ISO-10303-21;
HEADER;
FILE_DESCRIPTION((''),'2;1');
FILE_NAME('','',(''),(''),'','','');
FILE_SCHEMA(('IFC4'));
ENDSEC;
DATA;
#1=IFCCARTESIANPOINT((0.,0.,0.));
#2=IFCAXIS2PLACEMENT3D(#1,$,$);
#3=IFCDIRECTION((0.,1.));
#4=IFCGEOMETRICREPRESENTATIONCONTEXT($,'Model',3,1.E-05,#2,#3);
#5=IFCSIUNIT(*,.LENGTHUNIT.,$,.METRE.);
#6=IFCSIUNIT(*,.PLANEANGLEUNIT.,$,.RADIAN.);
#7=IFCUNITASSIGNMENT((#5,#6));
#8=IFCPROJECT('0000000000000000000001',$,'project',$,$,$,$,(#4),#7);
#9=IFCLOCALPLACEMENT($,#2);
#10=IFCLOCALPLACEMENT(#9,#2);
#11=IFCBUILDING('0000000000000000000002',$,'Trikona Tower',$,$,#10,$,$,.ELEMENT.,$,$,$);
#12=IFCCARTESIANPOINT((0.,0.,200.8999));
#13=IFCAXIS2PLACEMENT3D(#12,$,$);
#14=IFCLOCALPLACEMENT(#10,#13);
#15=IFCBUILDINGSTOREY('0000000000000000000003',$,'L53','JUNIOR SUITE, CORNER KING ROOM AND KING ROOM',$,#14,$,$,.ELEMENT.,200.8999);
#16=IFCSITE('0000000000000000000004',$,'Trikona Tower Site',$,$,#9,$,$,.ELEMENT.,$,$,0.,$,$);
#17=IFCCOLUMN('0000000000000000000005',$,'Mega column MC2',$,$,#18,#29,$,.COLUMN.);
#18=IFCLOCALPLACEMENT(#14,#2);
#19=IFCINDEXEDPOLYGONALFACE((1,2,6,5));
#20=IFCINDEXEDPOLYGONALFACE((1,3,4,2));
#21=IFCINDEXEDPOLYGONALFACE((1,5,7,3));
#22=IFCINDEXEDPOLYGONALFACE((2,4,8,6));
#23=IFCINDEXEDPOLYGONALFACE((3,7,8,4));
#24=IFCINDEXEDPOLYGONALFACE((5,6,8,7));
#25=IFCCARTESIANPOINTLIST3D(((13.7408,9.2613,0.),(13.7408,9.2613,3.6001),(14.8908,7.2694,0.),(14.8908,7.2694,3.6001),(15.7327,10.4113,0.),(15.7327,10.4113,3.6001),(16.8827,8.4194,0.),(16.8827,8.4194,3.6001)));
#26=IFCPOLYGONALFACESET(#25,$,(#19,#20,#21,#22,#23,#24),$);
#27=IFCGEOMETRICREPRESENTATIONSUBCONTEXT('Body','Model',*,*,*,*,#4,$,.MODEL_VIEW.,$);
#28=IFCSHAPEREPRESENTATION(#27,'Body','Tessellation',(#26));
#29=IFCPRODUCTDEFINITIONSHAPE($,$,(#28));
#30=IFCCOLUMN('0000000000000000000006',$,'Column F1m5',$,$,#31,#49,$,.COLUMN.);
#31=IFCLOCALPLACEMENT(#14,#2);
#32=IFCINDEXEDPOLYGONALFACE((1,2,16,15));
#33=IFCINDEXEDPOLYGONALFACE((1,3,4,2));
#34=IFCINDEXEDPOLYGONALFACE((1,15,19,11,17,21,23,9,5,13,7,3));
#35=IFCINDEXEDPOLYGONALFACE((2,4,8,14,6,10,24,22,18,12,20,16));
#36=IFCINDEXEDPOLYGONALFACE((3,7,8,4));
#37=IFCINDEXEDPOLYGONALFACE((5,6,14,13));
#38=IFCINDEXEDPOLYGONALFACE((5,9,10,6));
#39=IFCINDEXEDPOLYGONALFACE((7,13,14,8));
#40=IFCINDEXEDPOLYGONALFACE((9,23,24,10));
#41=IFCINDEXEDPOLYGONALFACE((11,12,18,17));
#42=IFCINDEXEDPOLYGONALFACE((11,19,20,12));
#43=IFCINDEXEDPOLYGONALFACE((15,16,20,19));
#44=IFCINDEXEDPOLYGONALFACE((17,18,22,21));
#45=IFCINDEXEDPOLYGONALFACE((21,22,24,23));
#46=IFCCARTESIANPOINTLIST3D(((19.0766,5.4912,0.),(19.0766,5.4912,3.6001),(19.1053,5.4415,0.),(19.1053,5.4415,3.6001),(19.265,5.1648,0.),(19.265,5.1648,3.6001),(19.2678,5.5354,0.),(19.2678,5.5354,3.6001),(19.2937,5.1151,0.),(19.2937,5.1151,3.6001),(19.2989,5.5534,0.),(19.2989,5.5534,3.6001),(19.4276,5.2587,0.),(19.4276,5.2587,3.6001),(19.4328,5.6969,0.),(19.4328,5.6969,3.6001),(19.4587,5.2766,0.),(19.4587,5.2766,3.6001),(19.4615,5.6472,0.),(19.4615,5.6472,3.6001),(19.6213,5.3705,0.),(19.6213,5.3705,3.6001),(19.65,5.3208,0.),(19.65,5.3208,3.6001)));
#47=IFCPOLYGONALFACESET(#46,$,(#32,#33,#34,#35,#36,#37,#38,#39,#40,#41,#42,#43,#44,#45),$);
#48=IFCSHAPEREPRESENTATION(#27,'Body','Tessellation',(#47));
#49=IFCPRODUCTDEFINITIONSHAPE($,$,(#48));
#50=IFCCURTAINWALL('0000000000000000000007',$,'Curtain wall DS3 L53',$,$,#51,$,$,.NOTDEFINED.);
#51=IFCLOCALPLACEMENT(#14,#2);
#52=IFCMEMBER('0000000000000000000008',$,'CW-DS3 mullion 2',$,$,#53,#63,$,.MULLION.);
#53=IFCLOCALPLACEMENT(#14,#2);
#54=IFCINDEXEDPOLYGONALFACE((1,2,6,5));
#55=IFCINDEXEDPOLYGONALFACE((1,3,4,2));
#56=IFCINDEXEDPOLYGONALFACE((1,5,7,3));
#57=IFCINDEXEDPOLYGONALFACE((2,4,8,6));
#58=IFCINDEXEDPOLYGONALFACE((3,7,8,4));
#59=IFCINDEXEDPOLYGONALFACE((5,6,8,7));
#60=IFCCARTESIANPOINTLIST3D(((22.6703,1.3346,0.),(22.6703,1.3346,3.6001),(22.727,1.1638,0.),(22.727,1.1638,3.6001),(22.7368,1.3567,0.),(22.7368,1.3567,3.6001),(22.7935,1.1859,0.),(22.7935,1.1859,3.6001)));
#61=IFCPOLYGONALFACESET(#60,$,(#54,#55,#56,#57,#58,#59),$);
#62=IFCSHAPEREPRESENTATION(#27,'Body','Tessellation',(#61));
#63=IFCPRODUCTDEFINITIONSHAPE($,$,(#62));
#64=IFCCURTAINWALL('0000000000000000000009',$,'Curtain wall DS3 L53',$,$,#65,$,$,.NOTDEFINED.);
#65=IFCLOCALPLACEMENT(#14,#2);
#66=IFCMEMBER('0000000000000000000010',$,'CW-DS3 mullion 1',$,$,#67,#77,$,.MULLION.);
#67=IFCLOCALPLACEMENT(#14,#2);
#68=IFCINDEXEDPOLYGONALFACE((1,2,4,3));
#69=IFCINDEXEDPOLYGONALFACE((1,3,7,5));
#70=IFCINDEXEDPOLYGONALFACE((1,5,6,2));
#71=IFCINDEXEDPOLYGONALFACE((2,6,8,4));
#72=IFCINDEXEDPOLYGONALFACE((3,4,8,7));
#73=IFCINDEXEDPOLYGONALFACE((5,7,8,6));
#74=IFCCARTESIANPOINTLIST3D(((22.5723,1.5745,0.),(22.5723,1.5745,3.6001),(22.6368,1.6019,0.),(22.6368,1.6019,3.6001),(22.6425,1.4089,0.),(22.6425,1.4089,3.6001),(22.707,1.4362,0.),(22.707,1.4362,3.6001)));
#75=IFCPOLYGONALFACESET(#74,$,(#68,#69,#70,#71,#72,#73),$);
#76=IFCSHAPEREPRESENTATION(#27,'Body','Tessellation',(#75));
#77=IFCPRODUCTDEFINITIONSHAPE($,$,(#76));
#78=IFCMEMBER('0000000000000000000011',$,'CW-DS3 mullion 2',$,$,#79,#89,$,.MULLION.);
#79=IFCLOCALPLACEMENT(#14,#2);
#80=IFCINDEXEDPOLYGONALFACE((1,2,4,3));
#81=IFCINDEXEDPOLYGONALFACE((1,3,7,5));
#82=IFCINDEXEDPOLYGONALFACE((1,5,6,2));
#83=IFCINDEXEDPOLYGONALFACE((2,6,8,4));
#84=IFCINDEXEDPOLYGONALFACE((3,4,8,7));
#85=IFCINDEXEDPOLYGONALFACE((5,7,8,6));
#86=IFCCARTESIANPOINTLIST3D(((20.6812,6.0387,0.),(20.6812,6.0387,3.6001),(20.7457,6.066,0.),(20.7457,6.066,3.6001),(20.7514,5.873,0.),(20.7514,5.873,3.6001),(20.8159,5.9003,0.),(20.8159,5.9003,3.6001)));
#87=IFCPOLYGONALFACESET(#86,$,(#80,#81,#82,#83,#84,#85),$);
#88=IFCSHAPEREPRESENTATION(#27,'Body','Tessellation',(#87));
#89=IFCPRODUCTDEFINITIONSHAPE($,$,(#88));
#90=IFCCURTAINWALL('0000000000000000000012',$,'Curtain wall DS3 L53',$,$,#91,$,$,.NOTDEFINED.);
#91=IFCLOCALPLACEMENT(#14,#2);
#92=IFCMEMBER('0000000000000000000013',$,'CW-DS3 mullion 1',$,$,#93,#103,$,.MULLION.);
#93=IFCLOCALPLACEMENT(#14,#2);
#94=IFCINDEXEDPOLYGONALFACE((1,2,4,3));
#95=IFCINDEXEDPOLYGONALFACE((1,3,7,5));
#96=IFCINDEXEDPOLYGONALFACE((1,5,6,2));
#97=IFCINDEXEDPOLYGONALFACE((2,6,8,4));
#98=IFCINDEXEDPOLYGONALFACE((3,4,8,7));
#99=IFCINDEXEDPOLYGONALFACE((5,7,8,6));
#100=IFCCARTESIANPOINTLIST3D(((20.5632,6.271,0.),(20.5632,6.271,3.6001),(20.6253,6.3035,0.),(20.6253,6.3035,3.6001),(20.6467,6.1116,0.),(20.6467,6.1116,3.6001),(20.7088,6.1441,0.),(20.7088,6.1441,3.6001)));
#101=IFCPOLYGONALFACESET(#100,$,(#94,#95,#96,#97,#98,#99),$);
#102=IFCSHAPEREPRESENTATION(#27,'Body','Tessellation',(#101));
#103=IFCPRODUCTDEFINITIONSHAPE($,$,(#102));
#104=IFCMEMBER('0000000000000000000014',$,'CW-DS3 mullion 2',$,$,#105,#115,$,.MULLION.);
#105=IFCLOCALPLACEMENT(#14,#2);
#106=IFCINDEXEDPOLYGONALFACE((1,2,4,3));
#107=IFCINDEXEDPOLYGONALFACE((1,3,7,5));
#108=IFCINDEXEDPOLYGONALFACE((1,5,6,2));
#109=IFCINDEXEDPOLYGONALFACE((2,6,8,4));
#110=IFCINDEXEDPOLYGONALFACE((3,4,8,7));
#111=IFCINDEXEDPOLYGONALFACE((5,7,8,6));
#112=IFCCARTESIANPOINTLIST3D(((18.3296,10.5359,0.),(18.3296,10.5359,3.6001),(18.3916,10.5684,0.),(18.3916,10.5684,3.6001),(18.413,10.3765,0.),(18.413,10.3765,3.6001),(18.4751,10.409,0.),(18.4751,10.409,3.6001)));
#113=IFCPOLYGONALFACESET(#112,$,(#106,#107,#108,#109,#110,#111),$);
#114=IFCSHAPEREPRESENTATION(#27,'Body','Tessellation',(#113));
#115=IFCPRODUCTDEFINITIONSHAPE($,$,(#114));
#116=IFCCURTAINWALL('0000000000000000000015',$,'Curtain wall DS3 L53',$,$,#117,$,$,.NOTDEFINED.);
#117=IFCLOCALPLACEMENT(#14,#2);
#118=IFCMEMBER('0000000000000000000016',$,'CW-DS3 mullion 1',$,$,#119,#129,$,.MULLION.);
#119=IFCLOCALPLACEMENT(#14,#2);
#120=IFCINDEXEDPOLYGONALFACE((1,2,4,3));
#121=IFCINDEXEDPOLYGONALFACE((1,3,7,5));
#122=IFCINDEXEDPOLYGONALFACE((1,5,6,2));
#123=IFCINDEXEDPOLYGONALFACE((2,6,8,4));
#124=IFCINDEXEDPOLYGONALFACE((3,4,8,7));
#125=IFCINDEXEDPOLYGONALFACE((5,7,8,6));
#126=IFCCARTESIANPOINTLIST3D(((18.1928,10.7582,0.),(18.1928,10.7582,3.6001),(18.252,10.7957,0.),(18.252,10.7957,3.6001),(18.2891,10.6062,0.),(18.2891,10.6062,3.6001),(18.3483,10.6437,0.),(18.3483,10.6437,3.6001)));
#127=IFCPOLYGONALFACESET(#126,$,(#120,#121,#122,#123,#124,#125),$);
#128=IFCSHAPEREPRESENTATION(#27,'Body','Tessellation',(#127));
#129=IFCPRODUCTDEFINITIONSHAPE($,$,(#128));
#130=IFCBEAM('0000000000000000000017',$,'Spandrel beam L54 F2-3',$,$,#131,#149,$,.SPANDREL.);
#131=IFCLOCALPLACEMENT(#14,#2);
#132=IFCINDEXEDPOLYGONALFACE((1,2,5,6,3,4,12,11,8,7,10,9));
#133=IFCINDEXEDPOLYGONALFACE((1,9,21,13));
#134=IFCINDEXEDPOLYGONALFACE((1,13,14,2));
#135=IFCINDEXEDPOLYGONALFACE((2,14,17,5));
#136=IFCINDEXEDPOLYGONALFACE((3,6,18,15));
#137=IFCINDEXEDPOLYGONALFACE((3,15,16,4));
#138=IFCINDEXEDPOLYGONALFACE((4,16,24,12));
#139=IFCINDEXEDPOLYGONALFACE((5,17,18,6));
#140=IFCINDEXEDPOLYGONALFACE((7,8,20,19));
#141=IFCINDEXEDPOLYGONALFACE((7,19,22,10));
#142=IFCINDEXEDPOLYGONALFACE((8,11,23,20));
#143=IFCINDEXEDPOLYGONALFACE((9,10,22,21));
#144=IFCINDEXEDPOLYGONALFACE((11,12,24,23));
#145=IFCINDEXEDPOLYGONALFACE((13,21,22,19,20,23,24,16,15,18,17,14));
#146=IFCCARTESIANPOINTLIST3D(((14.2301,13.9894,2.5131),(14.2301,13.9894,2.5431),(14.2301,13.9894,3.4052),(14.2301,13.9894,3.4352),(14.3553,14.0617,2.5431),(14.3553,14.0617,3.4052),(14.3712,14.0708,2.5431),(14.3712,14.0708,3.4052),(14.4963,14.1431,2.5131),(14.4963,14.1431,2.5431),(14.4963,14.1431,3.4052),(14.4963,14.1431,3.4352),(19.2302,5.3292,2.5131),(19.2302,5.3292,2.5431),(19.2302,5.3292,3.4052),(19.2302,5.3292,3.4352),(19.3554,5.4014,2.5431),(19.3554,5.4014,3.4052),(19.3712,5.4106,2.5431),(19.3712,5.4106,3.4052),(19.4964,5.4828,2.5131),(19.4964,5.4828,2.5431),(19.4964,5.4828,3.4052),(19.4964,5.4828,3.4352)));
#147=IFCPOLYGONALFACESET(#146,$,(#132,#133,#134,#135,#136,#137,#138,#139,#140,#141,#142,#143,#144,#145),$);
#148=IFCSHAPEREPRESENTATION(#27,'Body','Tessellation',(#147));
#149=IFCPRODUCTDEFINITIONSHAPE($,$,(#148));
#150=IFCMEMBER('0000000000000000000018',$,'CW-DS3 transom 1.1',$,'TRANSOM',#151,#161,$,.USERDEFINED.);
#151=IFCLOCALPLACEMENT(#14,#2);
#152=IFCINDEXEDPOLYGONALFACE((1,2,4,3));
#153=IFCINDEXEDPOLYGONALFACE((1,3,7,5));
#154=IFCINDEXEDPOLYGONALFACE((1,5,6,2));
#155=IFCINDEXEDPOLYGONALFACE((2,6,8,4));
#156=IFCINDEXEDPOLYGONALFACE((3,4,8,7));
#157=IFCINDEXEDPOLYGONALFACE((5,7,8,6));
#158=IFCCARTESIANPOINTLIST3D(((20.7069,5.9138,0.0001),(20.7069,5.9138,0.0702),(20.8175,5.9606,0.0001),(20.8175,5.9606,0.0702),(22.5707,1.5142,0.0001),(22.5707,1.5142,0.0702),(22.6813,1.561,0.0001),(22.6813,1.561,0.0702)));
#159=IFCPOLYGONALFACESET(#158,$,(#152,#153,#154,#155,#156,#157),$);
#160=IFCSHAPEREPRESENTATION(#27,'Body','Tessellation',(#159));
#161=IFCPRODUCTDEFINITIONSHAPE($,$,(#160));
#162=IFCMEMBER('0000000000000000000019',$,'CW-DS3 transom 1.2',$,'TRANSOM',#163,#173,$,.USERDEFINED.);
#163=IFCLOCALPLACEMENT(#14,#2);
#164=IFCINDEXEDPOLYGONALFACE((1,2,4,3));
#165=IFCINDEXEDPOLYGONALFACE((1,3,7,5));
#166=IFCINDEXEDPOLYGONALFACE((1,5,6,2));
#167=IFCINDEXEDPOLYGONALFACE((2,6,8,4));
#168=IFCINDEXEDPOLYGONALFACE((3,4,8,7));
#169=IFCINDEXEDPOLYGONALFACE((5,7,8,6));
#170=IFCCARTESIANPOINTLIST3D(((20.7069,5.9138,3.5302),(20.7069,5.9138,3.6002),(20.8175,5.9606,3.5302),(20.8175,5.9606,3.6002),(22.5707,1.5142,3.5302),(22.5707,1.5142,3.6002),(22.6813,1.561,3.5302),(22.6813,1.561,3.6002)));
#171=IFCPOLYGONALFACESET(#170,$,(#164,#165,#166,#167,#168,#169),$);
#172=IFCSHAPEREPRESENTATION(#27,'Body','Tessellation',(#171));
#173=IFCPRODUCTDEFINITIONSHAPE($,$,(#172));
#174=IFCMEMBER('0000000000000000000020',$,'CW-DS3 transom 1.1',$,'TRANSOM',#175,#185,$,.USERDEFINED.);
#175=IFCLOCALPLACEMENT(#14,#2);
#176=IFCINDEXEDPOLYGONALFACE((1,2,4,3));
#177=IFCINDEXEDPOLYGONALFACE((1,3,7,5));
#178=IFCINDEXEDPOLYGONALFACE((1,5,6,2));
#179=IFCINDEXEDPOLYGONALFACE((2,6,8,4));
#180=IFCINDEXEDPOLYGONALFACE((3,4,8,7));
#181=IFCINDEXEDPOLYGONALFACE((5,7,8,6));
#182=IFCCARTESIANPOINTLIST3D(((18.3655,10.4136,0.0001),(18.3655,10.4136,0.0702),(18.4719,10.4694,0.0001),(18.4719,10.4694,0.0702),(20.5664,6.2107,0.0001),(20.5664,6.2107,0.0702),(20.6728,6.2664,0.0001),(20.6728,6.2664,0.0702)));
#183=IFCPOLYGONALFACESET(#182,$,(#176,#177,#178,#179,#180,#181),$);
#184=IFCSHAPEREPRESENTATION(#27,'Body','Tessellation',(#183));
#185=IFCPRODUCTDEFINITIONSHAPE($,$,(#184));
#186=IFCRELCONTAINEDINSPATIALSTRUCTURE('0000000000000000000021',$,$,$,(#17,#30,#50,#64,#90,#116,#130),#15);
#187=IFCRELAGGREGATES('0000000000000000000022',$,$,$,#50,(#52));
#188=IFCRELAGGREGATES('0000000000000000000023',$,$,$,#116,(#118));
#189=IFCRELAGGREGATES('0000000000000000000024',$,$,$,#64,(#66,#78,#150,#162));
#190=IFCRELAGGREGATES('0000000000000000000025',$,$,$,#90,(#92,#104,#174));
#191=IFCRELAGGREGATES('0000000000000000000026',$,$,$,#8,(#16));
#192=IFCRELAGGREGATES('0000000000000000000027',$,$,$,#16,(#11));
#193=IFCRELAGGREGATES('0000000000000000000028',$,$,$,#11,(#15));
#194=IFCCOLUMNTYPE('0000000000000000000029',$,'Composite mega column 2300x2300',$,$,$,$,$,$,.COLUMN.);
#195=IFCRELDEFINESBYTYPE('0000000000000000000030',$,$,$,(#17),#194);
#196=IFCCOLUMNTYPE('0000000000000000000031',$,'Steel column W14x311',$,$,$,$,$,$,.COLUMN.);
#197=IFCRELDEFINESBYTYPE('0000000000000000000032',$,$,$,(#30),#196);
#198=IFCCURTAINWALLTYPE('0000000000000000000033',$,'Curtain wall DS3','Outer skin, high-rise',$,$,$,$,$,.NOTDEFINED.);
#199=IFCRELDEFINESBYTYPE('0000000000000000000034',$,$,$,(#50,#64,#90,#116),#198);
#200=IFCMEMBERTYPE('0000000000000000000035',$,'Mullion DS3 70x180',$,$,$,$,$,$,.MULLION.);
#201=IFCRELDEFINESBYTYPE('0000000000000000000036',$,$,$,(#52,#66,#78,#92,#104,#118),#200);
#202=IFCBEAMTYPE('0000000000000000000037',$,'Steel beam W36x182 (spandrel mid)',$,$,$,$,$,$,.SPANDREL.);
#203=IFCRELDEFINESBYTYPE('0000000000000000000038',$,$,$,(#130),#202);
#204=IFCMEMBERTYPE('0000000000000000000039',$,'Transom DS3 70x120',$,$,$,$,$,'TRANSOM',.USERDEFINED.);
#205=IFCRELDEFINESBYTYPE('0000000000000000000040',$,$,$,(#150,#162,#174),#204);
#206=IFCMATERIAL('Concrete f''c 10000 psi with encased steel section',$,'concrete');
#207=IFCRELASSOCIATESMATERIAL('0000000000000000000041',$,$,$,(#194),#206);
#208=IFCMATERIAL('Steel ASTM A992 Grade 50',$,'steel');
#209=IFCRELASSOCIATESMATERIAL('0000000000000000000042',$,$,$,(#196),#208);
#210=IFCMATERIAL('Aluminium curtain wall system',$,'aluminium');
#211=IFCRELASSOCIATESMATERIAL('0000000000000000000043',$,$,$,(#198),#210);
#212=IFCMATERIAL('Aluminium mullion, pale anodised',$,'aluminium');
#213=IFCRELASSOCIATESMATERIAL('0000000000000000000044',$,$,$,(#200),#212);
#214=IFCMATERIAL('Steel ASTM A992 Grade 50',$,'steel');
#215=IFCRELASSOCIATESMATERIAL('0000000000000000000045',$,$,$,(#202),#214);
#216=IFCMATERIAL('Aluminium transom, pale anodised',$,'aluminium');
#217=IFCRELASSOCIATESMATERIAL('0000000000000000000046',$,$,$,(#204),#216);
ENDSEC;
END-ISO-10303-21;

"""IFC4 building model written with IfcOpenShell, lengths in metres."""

from ifc_helpers import new_model, si_unit, direction, frame, origin, origin_2d, place, context, subcontext, project, spatial, rectangle, i_section, extrude, material, material_profile, profile_set, type_object, element, aggregate, save


model = new_model("IFC4")

# Units and contexts
model_context = context("Model", 3, precision=1e-05, world=origin(), true_north=direction((0.0, 1.0)))
body_context = subcontext(model_context, "Body", "Model", "MODEL_VIEW")
ifc_project = project(units=[si_unit("LENGTHUNIT", "METRE"), si_unit("PLANEANGLEUNIT", "RADIAN")], contexts=[model_context])

# Site, building, storey
site_placement = place(None, origin())
site = spatial("IfcSite", under=ifc_project, at=site_placement, Name="Trikona Tower Site", CompositionType="ELEMENT", RefElevation=0.0)
building_placement = place(site_placement, origin())
building = spatial("IfcBuilding", under=site, at=building_placement, Name="Trikona Tower", CompositionType="ELEMENT")
storey_placement = place(building_placement, frame((0.0, 0.0, 200.8999)))
storey = spatial("IfcBuildingStorey", under=building, at=storey_placement, Name="L53", Description="JUNIOR SUITE, CORNER KING ROOM AND KING ROOM", CompositionType="ELEMENT", Elevation=200.8999)

# Columns
ifc_material_1 = material(Name="Concrete f'c 10000 psi with encased steel section", Category="concrete")
ifc_material_profile_1 = material_profile(ifc_material_1, rectangle(XDim=2.3, YDim=2.3, at=origin_2d()), Name="MC2300")
ifc_profile_set_1 = profile_set([ifc_material_profile_1], Name="Concrete f'c 10000 psi with encased steel section")
column_type_1 = type_object("IfcColumnType", Name="Composite mega column 2300x2300", PredefinedType="COLUMN", material=ifc_profile_set_1)
column_1_placement = place(storey_placement, frame((15.3118, 8.8403, 0.0), z_axis=(0.0, 0.0, 1.0), x_axis=(0.866025, 0.5, 0.0)))
element("IfcColumn", 1, at=column_1_placement, inside=storey, type_object=column_type_1, Name="Mega column MC2", PredefinedType="COLUMN", context=body_context, shape_type="SweptSolid", body=[
    extrude(rectangle(XDim=2.3, YDim=2.3, at=origin_2d()), origin(), (0.0, 0.0, 1.0), 3.6001),
])
ifc_material_2 = material(Name="Steel ASTM A992 Grade 50", Category="steel")
ifc_material_profile_2 = material_profile(ifc_material_2, i_section(OverallWidth=0.4114, OverallDepth=0.4343, WebThickness=0.0359, FlangeThickness=0.0574, at=origin_2d()), Name="W14X311")
ifc_profile_set_2 = profile_set([ifc_material_profile_2], Name="Steel ASTM A992 Grade 50")
column_type_2 = type_object("IfcColumnType", Name="Steel column W14x311", PredefinedType="COLUMN", material=ifc_profile_set_2)
column_2_placement = place(storey_placement, frame((19.3633, 5.406, 0.0), z_axis=(0.0, 0.0, 1.0), x_axis=(0.866025, 0.5, 0.0)))
element("IfcColumn", 2, at=column_2_placement, inside=storey, type_object=column_type_2, Name="Column F1m5", PredefinedType="COLUMN", context=body_context, shape_type="SweptSolid", body=[
    extrude(i_section(OverallWidth=0.4114, OverallDepth=0.4343, WebThickness=0.0359, FlangeThickness=0.0574, at=origin_2d()), origin(), (0.0, 0.0, 1.0), 3.6001),
])

# Curtain wall, member
ifc_material_3 = material(Name="Aluminium curtain wall system", Category="aluminium")
curtain_wall_type = type_object("IfcCurtainWallType", Name="Curtain wall DS3", Description="Outer skin, high-rise", PredefinedType="NOTDEFINED", material=ifc_material_3)
curtain_wall_1_placement = place(storey_placement, origin())
curtain_wall_1 = element("IfcCurtainWall", 3, at=curtain_wall_1_placement, inside=storey, type_object=curtain_wall_type, Name="Curtain wall DS3 L53", PredefinedType="NOTDEFINED")
ifc_material_4 = material(Name="Aluminium mullion, pale anodised", Category="aluminium")
ifc_material_profile_3 = material_profile(ifc_material_4, rectangle(XDim=0.0701, YDim=0.1799, at=origin_2d()), Name="MUL-DS3")
ifc_profile_set_3 = profile_set([ifc_material_profile_3], Name="Aluminium mullion, pale anodised")
member_type_1 = type_object("IfcMemberType", Name="Mullion DS3 70x180", PredefinedType="MULLION", material=ifc_profile_set_3)
member_1_placement = place(storey_placement, frame((22.7319, 1.2603, 0.0), z_axis=(0.0, 0.0, 1.0), x_axis=(-0.949066, -0.315078, 0.0)))
member_1 = element("IfcMember", 4, at=member_1_placement, type_object=member_type_1, Name="CW-DS3 mullion 2", PredefinedType="MULLION", context=body_context, shape_type="SweptSolid", body=[
    extrude(rectangle(XDim=0.0701, YDim=0.1799, at=origin_2d()), origin(), (0.0, 0.0, 1.0), 3.6001),
])
aggregate(curtain_wall_1, [member_1])

# Curtain walls, members
curtain_wall_2_placement = place(storey_placement, origin())
curtain_wall_2 = element("IfcCurtainWall", 5, at=curtain_wall_2_placement, inside=storey, type_object=curtain_wall_type, Name="Curtain wall DS3 L53", PredefinedType="NOTDEFINED")
member_2_placement = place(storey_placement, frame((22.6396, 1.5054, 0.0), z_axis=(0.0, 0.0, 1.0), x_axis=(-0.920792, -0.390053, 0.0)))
member_2 = element("IfcMember", 6, at=member_2_placement, type_object=member_type_1, Name="CW-DS3 mullion 1", PredefinedType="MULLION", context=body_context, shape_type="SweptSolid", body=[
    extrude(rectangle(XDim=0.0701, YDim=0.1799, at=origin_2d()), origin(), (0.0, 0.0, 1.0), 3.6001),
])
member_3_placement = place(storey_placement, frame((20.7485, 5.9695, 0.0), z_axis=(0.0, 0.0, 1.0), x_axis=(-0.920792, -0.390053, 0.0)))
member_3 = element("IfcMember", 7, at=member_3_placement, type_object=member_type_1, Name="CW-DS3 mullion 2", PredefinedType="MULLION", context=body_context, shape_type="SweptSolid", body=[
    extrude(rectangle(XDim=0.0701, YDim=0.1799, at=origin_2d()), origin(), (0.0, 0.0, 1.0), 3.6001),
])
curtain_wall_3_placement = place(storey_placement, origin())
curtain_wall_3 = element("IfcCurtainWall", 8, at=curtain_wall_3_placement, inside=storey, type_object=curtain_wall_type, Name="Curtain wall DS3 L53", PredefinedType="NOTDEFINED")
member_4_placement = place(storey_placement, frame((20.636, 6.2075, 0.0), z_axis=(0.0, 0.0, 1.0), x_axis=(-0.885862, -0.463948, 0.0)))
member_4 = element("IfcMember", 9, at=member_4_placement, type_object=member_type_1, Name="CW-DS3 mullion 1", PredefinedType="MULLION", context=body_context, shape_type="SweptSolid", body=[
    extrude(rectangle(XDim=0.0701, YDim=0.1799, at=origin_2d()), origin(), (0.0, 0.0, 1.0), 3.6001),
])
member_5_placement = place(storey_placement, frame((18.4023, 10.4724, 0.0), z_axis=(0.0, 0.0, 1.0), x_axis=(-0.885862, -0.463948, 0.0)))
member_5 = element("IfcMember", 10, at=member_5_placement, type_object=member_type_1, Name="CW-DS3 mullion 2", PredefinedType="MULLION", context=body_context, shape_type="SweptSolid", body=[
    extrude(rectangle(XDim=0.0701, YDim=0.1799, at=origin_2d()), origin(), (0.0, 0.0, 1.0), 3.6001),
])

# Curtain wall, member
curtain_wall_4_placement = place(storey_placement, origin())
curtain_wall_4 = element("IfcCurtainWall", 11, at=curtain_wall_4_placement, inside=storey, type_object=curtain_wall_type, Name="Curtain wall DS3 L53", PredefinedType="NOTDEFINED")
member_6_placement = place(storey_placement, frame((18.2705, 10.7009, 0.0), z_axis=(0.0, 0.0, 1.0), x_axis=(-0.844727, -0.535197, 0.0)))
member_6 = element("IfcMember", 12, at=member_6_placement, type_object=member_type_1, Name="CW-DS3 mullion 1", PredefinedType="MULLION", context=body_context, shape_type="SweptSolid", body=[
    extrude(rectangle(XDim=0.0701, YDim=0.1799, at=origin_2d()), origin(), (0.0, 0.0, 1.0), 3.6001),
])

# Beam
ifc_material_5 = material(Name="Steel ASTM A992 Grade 50", Category="steel")
ifc_material_profile_4 = material_profile(ifc_material_5, i_section(OverallWidth=0.3074, OverallDepth=0.9221, WebThickness=0.0183, FlangeThickness=0.03, at=origin_2d()), Name="W36X182")
ifc_profile_set_4 = profile_set([ifc_material_profile_4], Name="Steel ASTM A992 Grade 50")
beam_type = type_object("IfcBeamType", Name="Steel beam W36x182 (spandrel mid)", PredefinedType="SPANDREL", material=ifc_profile_set_4)
beam_placement = place(storey_placement, frame((19.3633, 5.406, 2.9741), z_axis=(-0.500004, 0.866023, 0.0), x_axis=(-0.866023, -0.500004, 0.0)))
element("IfcBeam", 13, at=beam_placement, inside=storey, type_object=beam_type, Name="Spandrel beam L54 F2-3", PredefinedType="SPANDREL", context=body_context, shape_type="SweptSolid", body=[
    extrude(i_section(OverallWidth=0.3074, OverallDepth=0.9221, WebThickness=0.0183, FlangeThickness=0.03, at=origin_2d()), origin(), (0.0, 0.0, 1.0), 10.0),
])

# Members
ifc_material_6 = material(Name="Aluminium transom, pale anodised", Category="aluminium")
ifc_material_profile_5 = material_profile(ifc_material_6, rectangle(XDim=0.1201, YDim=0.0701, at=origin_2d()), Name="TRN-DS3")
ifc_profile_set_5 = profile_set([ifc_material_profile_5], Name="Aluminium transom, pale anodised")
member_type_2 = type_object("IfcMemberType", Name="Transom DS3 70x120", ElementType="TRANSOM", PredefinedType="USERDEFINED", material=ifc_profile_set_5)
member_7_placement = place(storey_placement, frame((22.626, 1.5376, 0.0352), z_axis=(-0.390062, 0.920789, 0.0), x_axis=(-0.920789, -0.390062, 0.0)))
member_7 = element("IfcMember", 14, at=member_7_placement, type_object=member_type_2, Name="CW-DS3 transom 1.1", ObjectType="TRANSOM", PredefinedType="USERDEFINED", context=body_context, shape_type="SweptSolid", body=[
    extrude(rectangle(XDim=0.1201, YDim=0.0701, at=origin_2d()), origin(), (0.0, 0.0, 1.0), 4.7781),
])
member_8_placement = place(storey_placement, frame((22.626, 1.5376, 3.5652), z_axis=(-0.390062, 0.920789, 0.0), x_axis=(-0.920789, -0.390062, 0.0)))
member_8 = element("IfcMember", 15, at=member_8_placement, type_object=member_type_2, Name="CW-DS3 transom 1.2", ObjectType="TRANSOM", PredefinedType="USERDEFINED", context=body_context, shape_type="SweptSolid", body=[
    extrude(rectangle(XDim=0.1201, YDim=0.0701, at=origin_2d()), origin(), (0.0, 0.0, 1.0), 4.7781),
])
member_9_placement = place(storey_placement, frame((20.6196, 6.2385, 0.0352), z_axis=(-0.463911, 0.885882, 0.0), x_axis=(-0.885882, -0.463911, 0.0)))
member_9 = element("IfcMember", 16, at=member_9_placement, type_object=member_type_2, Name="CW-DS3 transom 1.1", ObjectType="TRANSOM", PredefinedType="USERDEFINED", context=body_context, shape_type="SweptSolid", body=[
    extrude(rectangle(XDim=0.1201, YDim=0.0701, at=origin_2d()), origin(), (0.0, 0.0, 1.0), 4.7444),
])
aggregate(curtain_wall_4, [member_6])

aggregate(curtain_wall_2, [member_2, member_3, member_7, member_8])
aggregate(curtain_wall_3, [member_4, member_5, member_9])

save(model, "model.ifc")
